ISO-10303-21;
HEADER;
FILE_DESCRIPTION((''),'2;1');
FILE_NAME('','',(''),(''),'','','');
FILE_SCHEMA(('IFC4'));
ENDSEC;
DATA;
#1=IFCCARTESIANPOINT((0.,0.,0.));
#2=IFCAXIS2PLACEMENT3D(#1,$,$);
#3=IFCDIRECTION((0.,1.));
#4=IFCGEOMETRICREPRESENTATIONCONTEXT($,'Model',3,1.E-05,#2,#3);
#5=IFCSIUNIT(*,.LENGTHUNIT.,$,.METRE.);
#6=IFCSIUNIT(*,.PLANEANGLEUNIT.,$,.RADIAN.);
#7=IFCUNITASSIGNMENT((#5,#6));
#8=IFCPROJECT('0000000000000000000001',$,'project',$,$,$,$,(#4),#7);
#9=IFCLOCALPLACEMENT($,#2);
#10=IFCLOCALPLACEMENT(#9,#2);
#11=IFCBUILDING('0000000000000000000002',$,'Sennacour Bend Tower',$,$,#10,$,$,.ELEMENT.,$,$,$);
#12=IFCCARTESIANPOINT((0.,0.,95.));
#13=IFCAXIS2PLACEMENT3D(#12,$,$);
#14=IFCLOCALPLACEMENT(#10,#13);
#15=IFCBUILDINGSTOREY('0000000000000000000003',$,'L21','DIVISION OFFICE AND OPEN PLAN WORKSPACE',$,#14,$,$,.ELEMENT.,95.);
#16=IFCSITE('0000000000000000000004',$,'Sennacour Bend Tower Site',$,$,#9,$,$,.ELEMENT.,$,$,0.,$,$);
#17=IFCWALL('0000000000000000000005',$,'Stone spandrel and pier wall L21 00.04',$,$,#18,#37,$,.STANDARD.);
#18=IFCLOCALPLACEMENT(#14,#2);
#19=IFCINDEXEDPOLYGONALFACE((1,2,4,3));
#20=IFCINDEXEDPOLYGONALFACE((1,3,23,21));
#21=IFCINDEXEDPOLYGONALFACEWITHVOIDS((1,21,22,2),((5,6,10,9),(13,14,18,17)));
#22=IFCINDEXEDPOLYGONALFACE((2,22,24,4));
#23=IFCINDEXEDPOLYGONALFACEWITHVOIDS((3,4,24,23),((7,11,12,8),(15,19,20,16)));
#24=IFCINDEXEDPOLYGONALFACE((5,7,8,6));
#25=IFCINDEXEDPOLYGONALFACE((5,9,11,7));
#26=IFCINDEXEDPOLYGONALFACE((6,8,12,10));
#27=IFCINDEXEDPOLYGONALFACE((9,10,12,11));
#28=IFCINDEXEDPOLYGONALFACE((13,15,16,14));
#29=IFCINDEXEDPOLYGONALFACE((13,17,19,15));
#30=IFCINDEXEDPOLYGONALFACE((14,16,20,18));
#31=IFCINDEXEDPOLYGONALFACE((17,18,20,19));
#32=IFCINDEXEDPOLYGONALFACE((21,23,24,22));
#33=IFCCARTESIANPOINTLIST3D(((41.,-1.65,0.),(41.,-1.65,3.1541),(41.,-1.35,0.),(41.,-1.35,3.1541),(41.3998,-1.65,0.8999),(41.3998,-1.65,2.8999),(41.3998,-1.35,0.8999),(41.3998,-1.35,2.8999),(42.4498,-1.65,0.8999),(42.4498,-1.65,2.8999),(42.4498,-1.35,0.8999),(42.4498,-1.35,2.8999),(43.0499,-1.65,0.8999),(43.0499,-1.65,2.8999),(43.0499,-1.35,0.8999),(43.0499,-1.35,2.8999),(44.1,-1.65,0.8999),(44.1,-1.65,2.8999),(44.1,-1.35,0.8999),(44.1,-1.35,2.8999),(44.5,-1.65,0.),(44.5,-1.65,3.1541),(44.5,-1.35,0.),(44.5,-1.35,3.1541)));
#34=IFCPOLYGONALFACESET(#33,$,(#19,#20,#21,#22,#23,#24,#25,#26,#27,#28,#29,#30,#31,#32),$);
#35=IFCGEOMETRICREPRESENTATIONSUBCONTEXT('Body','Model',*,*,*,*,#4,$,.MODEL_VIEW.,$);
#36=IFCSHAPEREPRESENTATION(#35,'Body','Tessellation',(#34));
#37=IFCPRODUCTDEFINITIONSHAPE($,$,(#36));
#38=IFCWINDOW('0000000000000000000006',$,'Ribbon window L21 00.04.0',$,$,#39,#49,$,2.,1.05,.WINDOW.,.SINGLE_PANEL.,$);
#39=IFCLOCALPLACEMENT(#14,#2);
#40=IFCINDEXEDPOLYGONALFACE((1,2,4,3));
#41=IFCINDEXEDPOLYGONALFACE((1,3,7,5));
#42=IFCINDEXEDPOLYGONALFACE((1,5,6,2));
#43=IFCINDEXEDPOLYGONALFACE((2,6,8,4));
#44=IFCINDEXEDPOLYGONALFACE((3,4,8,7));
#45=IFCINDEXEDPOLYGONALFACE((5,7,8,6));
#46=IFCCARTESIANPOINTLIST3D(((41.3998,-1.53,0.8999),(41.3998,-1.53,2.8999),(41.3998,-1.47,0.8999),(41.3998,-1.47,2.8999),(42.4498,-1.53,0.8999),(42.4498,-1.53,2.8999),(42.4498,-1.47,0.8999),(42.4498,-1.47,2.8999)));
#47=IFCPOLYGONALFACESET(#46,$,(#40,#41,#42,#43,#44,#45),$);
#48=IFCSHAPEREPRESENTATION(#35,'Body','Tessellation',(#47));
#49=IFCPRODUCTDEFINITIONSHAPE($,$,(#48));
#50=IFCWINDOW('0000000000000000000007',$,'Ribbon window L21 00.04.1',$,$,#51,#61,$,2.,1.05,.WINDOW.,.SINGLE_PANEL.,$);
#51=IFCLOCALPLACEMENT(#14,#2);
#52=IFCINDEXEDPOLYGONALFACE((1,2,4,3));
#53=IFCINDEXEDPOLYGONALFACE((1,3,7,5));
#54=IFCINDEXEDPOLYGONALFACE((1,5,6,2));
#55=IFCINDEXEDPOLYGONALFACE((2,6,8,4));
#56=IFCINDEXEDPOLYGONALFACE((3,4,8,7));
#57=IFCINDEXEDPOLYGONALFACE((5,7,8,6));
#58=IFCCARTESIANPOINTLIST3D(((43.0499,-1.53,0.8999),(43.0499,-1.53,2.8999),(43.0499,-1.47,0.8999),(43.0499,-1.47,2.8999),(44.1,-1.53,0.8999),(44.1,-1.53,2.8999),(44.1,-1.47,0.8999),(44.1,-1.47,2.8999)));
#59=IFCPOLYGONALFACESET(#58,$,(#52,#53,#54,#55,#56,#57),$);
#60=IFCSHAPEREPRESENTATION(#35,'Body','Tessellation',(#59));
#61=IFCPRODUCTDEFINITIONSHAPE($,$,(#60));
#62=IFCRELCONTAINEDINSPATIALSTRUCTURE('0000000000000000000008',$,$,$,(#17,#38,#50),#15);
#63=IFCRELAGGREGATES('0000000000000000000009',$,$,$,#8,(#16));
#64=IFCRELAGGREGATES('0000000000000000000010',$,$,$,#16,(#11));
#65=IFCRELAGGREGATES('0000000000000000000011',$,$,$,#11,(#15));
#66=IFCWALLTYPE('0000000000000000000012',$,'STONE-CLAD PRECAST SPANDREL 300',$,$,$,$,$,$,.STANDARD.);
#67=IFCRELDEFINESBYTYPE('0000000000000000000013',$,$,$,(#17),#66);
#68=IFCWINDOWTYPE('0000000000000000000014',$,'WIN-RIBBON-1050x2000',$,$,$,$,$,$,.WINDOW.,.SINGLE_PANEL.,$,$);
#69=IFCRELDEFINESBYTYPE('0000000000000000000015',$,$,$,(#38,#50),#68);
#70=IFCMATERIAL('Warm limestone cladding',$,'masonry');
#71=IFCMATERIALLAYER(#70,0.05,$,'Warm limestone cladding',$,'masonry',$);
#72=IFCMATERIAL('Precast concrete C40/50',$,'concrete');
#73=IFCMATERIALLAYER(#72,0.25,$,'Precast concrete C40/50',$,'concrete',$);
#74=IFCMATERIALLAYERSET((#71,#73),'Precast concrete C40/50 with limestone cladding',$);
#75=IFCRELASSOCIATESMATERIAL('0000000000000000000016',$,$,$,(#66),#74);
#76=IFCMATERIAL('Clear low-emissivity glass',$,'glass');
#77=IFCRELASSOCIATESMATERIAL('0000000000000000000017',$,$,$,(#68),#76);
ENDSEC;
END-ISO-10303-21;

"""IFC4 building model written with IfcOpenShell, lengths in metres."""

from ifc_helpers import new_model, si_unit, direction, frame, frame_2d, origin, place, context, subcontext, project, spatial, rectangle, extrude, material, layer, layer_set, type_object, element, fill, save


model = new_model("IFC4")

# Units and contexts
model_context = context("Model", 3, precision=1e-05, world=origin(), true_north=direction((0.0, 1.0)))
body_context = subcontext(model_context, "Body", "Model", "MODEL_VIEW")
ifc_project = project(units=[si_unit("LENGTHUNIT", "METRE"), si_unit("PLANEANGLEUNIT", "RADIAN")], contexts=[model_context])

# Site, building, storey
site_placement = place(None, origin())
site = spatial("IfcSite", under=ifc_project, at=site_placement, Name="Sennacour Bend Tower Site", CompositionType="ELEMENT", RefElevation=0.0)
building_placement = place(site_placement, origin())
building = spatial("IfcBuilding", under=site, at=building_placement, Name="Sennacour Bend Tower", CompositionType="ELEMENT")
storey_placement = place(building_placement, frame((0.0, 0.0, 95.0)))
storey = spatial("IfcBuildingStorey", under=building, at=storey_placement, Name="L21", Description="DIVISION OFFICE AND OPEN PLAN WORKSPACE", CompositionType="ELEMENT", Elevation=95.0)

# Wall, openings, windows
ifc_material_1 = material(Name="Warm limestone cladding", Category="masonry")
ifc_layer_1 = layer(ifc_material_1, 0.05, Name="Warm limestone cladding", Category="masonry")
ifc_material_2 = material(Name="Precast concrete C40/50", Category="concrete")
ifc_layer_2 = layer(ifc_material_2, 0.25, Name="Precast concrete C40/50", Category="concrete")
ifc_layer_set_1 = layer_set([ifc_layer_1, ifc_layer_2], Name="Precast concrete C40/50 with limestone cladding")
wall_type_1 = type_object("IfcWallType", Name="STONE-CLAD PRECAST SPANDREL 300", PredefinedType="STANDARD", material=ifc_layer_set_1)
ifc_material_3 = material(Name="Clear low-emissivity glass", Category="glass")
window_type = type_object("IfcWindowType", Name="WIN-RIBBON-1050x2000", PartitioningType="SINGLE_PANEL", PredefinedType="WINDOW", material=ifc_material_3)
wall_1_placement = place(storey_placement, frame((41.0, -1.5, 0.0), z_axis=(0.0, 0.0, 1.0), x_axis=(1.0, 0.0, 0.0)))
wall_1 = element("IfcWall", 1, at=wall_1_placement, inside=storey, type_object=wall_type_1, Name="Stone spandrel and pier wall L21 00.04", PredefinedType="STANDARD", context=body_context, shape_type="SweptSolid", body=[
    extrude(rectangle(XDim=3.5, YDim=0.3, at=frame_2d((1.75, 0.0))), origin(), (0.0, 0.0, 1.0), 3.1541),
])
opening_1_placement = place(wall_1_placement, frame((0.3999, 0.0, 0.8999)))
opening_1 = element("IfcOpeningElement", 2, at=opening_1_placement, cuts=wall_1, PredefinedType="OPENING", context=body_context, shape_type="SweptSolid", body=[
    extrude(rectangle(XDim=1.05, YDim=2.0, at=frame_2d((0.5249, 1.0))), frame((0.0, 0.1602, 0.0), z_axis=(0.0, -1.0, 0.0), x_axis=(1.0, 0.0, 0.0)), (0.0, 0.0, 1.0), 0.3201),
])
opening_2_placement = place(wall_1_placement, frame((2.05, 0.0, 0.8999)))
opening_2 = element("IfcOpeningElement", 3, at=opening_2_placement, cuts=wall_1, PredefinedType="OPENING", context=body_context, shape_type="SweptSolid", body=[
    extrude(rectangle(XDim=1.05, YDim=2.0, at=frame_2d((0.5249, 1.0))), frame((0.0, 0.1602, 0.0), z_axis=(0.0, -1.0, 0.0), x_axis=(1.0, 0.0, 0.0)), (0.0, 0.0, 1.0), 0.3201),
])
window_1_placement = place(opening_1_placement, origin())
window_1 = element("IfcWindow", 4, at=window_1_placement, inside=storey, type_object=window_type, Name="Ribbon window L21 00.04.0", OverallHeight=2.0, OverallWidth=1.05, PartitioningType="SINGLE_PANEL", PredefinedType="WINDOW", context=body_context, shape_type="SweptSolid", body=[
    extrude(rectangle(XDim=1.05, YDim=2.0, at=frame_2d((0.5249, 1.0))), frame((0.0, 0.03, 0.0), z_axis=(0.0, -1.0, 0.0), x_axis=(1.0, 0.0, 0.0)), (0.0, 0.0, 1.0), 0.0601),
])
fill(opening_1, window_1)
window_2_placement = place(opening_2_placement, origin())
window_2 = element("IfcWindow", 5, at=window_2_placement, inside=storey, type_object=window_type, Name="Ribbon window L21 00.04.1", OverallHeight=2.0, OverallWidth=1.05, PartitioningType="SINGLE_PANEL", PredefinedType="WINDOW", context=body_context, shape_type="SweptSolid", body=[
    extrude(rectangle(XDim=1.05, YDim=2.0, at=frame_2d((0.5249, 1.0))), frame((0.0, 0.03, 0.0), z_axis=(0.0, -1.0, 0.0), x_axis=(1.0, 0.0, 0.0)), (0.0, 0.0, 1.0), 0.0601),
])
fill(opening_2, window_2)

save(model, "model.ifc")
